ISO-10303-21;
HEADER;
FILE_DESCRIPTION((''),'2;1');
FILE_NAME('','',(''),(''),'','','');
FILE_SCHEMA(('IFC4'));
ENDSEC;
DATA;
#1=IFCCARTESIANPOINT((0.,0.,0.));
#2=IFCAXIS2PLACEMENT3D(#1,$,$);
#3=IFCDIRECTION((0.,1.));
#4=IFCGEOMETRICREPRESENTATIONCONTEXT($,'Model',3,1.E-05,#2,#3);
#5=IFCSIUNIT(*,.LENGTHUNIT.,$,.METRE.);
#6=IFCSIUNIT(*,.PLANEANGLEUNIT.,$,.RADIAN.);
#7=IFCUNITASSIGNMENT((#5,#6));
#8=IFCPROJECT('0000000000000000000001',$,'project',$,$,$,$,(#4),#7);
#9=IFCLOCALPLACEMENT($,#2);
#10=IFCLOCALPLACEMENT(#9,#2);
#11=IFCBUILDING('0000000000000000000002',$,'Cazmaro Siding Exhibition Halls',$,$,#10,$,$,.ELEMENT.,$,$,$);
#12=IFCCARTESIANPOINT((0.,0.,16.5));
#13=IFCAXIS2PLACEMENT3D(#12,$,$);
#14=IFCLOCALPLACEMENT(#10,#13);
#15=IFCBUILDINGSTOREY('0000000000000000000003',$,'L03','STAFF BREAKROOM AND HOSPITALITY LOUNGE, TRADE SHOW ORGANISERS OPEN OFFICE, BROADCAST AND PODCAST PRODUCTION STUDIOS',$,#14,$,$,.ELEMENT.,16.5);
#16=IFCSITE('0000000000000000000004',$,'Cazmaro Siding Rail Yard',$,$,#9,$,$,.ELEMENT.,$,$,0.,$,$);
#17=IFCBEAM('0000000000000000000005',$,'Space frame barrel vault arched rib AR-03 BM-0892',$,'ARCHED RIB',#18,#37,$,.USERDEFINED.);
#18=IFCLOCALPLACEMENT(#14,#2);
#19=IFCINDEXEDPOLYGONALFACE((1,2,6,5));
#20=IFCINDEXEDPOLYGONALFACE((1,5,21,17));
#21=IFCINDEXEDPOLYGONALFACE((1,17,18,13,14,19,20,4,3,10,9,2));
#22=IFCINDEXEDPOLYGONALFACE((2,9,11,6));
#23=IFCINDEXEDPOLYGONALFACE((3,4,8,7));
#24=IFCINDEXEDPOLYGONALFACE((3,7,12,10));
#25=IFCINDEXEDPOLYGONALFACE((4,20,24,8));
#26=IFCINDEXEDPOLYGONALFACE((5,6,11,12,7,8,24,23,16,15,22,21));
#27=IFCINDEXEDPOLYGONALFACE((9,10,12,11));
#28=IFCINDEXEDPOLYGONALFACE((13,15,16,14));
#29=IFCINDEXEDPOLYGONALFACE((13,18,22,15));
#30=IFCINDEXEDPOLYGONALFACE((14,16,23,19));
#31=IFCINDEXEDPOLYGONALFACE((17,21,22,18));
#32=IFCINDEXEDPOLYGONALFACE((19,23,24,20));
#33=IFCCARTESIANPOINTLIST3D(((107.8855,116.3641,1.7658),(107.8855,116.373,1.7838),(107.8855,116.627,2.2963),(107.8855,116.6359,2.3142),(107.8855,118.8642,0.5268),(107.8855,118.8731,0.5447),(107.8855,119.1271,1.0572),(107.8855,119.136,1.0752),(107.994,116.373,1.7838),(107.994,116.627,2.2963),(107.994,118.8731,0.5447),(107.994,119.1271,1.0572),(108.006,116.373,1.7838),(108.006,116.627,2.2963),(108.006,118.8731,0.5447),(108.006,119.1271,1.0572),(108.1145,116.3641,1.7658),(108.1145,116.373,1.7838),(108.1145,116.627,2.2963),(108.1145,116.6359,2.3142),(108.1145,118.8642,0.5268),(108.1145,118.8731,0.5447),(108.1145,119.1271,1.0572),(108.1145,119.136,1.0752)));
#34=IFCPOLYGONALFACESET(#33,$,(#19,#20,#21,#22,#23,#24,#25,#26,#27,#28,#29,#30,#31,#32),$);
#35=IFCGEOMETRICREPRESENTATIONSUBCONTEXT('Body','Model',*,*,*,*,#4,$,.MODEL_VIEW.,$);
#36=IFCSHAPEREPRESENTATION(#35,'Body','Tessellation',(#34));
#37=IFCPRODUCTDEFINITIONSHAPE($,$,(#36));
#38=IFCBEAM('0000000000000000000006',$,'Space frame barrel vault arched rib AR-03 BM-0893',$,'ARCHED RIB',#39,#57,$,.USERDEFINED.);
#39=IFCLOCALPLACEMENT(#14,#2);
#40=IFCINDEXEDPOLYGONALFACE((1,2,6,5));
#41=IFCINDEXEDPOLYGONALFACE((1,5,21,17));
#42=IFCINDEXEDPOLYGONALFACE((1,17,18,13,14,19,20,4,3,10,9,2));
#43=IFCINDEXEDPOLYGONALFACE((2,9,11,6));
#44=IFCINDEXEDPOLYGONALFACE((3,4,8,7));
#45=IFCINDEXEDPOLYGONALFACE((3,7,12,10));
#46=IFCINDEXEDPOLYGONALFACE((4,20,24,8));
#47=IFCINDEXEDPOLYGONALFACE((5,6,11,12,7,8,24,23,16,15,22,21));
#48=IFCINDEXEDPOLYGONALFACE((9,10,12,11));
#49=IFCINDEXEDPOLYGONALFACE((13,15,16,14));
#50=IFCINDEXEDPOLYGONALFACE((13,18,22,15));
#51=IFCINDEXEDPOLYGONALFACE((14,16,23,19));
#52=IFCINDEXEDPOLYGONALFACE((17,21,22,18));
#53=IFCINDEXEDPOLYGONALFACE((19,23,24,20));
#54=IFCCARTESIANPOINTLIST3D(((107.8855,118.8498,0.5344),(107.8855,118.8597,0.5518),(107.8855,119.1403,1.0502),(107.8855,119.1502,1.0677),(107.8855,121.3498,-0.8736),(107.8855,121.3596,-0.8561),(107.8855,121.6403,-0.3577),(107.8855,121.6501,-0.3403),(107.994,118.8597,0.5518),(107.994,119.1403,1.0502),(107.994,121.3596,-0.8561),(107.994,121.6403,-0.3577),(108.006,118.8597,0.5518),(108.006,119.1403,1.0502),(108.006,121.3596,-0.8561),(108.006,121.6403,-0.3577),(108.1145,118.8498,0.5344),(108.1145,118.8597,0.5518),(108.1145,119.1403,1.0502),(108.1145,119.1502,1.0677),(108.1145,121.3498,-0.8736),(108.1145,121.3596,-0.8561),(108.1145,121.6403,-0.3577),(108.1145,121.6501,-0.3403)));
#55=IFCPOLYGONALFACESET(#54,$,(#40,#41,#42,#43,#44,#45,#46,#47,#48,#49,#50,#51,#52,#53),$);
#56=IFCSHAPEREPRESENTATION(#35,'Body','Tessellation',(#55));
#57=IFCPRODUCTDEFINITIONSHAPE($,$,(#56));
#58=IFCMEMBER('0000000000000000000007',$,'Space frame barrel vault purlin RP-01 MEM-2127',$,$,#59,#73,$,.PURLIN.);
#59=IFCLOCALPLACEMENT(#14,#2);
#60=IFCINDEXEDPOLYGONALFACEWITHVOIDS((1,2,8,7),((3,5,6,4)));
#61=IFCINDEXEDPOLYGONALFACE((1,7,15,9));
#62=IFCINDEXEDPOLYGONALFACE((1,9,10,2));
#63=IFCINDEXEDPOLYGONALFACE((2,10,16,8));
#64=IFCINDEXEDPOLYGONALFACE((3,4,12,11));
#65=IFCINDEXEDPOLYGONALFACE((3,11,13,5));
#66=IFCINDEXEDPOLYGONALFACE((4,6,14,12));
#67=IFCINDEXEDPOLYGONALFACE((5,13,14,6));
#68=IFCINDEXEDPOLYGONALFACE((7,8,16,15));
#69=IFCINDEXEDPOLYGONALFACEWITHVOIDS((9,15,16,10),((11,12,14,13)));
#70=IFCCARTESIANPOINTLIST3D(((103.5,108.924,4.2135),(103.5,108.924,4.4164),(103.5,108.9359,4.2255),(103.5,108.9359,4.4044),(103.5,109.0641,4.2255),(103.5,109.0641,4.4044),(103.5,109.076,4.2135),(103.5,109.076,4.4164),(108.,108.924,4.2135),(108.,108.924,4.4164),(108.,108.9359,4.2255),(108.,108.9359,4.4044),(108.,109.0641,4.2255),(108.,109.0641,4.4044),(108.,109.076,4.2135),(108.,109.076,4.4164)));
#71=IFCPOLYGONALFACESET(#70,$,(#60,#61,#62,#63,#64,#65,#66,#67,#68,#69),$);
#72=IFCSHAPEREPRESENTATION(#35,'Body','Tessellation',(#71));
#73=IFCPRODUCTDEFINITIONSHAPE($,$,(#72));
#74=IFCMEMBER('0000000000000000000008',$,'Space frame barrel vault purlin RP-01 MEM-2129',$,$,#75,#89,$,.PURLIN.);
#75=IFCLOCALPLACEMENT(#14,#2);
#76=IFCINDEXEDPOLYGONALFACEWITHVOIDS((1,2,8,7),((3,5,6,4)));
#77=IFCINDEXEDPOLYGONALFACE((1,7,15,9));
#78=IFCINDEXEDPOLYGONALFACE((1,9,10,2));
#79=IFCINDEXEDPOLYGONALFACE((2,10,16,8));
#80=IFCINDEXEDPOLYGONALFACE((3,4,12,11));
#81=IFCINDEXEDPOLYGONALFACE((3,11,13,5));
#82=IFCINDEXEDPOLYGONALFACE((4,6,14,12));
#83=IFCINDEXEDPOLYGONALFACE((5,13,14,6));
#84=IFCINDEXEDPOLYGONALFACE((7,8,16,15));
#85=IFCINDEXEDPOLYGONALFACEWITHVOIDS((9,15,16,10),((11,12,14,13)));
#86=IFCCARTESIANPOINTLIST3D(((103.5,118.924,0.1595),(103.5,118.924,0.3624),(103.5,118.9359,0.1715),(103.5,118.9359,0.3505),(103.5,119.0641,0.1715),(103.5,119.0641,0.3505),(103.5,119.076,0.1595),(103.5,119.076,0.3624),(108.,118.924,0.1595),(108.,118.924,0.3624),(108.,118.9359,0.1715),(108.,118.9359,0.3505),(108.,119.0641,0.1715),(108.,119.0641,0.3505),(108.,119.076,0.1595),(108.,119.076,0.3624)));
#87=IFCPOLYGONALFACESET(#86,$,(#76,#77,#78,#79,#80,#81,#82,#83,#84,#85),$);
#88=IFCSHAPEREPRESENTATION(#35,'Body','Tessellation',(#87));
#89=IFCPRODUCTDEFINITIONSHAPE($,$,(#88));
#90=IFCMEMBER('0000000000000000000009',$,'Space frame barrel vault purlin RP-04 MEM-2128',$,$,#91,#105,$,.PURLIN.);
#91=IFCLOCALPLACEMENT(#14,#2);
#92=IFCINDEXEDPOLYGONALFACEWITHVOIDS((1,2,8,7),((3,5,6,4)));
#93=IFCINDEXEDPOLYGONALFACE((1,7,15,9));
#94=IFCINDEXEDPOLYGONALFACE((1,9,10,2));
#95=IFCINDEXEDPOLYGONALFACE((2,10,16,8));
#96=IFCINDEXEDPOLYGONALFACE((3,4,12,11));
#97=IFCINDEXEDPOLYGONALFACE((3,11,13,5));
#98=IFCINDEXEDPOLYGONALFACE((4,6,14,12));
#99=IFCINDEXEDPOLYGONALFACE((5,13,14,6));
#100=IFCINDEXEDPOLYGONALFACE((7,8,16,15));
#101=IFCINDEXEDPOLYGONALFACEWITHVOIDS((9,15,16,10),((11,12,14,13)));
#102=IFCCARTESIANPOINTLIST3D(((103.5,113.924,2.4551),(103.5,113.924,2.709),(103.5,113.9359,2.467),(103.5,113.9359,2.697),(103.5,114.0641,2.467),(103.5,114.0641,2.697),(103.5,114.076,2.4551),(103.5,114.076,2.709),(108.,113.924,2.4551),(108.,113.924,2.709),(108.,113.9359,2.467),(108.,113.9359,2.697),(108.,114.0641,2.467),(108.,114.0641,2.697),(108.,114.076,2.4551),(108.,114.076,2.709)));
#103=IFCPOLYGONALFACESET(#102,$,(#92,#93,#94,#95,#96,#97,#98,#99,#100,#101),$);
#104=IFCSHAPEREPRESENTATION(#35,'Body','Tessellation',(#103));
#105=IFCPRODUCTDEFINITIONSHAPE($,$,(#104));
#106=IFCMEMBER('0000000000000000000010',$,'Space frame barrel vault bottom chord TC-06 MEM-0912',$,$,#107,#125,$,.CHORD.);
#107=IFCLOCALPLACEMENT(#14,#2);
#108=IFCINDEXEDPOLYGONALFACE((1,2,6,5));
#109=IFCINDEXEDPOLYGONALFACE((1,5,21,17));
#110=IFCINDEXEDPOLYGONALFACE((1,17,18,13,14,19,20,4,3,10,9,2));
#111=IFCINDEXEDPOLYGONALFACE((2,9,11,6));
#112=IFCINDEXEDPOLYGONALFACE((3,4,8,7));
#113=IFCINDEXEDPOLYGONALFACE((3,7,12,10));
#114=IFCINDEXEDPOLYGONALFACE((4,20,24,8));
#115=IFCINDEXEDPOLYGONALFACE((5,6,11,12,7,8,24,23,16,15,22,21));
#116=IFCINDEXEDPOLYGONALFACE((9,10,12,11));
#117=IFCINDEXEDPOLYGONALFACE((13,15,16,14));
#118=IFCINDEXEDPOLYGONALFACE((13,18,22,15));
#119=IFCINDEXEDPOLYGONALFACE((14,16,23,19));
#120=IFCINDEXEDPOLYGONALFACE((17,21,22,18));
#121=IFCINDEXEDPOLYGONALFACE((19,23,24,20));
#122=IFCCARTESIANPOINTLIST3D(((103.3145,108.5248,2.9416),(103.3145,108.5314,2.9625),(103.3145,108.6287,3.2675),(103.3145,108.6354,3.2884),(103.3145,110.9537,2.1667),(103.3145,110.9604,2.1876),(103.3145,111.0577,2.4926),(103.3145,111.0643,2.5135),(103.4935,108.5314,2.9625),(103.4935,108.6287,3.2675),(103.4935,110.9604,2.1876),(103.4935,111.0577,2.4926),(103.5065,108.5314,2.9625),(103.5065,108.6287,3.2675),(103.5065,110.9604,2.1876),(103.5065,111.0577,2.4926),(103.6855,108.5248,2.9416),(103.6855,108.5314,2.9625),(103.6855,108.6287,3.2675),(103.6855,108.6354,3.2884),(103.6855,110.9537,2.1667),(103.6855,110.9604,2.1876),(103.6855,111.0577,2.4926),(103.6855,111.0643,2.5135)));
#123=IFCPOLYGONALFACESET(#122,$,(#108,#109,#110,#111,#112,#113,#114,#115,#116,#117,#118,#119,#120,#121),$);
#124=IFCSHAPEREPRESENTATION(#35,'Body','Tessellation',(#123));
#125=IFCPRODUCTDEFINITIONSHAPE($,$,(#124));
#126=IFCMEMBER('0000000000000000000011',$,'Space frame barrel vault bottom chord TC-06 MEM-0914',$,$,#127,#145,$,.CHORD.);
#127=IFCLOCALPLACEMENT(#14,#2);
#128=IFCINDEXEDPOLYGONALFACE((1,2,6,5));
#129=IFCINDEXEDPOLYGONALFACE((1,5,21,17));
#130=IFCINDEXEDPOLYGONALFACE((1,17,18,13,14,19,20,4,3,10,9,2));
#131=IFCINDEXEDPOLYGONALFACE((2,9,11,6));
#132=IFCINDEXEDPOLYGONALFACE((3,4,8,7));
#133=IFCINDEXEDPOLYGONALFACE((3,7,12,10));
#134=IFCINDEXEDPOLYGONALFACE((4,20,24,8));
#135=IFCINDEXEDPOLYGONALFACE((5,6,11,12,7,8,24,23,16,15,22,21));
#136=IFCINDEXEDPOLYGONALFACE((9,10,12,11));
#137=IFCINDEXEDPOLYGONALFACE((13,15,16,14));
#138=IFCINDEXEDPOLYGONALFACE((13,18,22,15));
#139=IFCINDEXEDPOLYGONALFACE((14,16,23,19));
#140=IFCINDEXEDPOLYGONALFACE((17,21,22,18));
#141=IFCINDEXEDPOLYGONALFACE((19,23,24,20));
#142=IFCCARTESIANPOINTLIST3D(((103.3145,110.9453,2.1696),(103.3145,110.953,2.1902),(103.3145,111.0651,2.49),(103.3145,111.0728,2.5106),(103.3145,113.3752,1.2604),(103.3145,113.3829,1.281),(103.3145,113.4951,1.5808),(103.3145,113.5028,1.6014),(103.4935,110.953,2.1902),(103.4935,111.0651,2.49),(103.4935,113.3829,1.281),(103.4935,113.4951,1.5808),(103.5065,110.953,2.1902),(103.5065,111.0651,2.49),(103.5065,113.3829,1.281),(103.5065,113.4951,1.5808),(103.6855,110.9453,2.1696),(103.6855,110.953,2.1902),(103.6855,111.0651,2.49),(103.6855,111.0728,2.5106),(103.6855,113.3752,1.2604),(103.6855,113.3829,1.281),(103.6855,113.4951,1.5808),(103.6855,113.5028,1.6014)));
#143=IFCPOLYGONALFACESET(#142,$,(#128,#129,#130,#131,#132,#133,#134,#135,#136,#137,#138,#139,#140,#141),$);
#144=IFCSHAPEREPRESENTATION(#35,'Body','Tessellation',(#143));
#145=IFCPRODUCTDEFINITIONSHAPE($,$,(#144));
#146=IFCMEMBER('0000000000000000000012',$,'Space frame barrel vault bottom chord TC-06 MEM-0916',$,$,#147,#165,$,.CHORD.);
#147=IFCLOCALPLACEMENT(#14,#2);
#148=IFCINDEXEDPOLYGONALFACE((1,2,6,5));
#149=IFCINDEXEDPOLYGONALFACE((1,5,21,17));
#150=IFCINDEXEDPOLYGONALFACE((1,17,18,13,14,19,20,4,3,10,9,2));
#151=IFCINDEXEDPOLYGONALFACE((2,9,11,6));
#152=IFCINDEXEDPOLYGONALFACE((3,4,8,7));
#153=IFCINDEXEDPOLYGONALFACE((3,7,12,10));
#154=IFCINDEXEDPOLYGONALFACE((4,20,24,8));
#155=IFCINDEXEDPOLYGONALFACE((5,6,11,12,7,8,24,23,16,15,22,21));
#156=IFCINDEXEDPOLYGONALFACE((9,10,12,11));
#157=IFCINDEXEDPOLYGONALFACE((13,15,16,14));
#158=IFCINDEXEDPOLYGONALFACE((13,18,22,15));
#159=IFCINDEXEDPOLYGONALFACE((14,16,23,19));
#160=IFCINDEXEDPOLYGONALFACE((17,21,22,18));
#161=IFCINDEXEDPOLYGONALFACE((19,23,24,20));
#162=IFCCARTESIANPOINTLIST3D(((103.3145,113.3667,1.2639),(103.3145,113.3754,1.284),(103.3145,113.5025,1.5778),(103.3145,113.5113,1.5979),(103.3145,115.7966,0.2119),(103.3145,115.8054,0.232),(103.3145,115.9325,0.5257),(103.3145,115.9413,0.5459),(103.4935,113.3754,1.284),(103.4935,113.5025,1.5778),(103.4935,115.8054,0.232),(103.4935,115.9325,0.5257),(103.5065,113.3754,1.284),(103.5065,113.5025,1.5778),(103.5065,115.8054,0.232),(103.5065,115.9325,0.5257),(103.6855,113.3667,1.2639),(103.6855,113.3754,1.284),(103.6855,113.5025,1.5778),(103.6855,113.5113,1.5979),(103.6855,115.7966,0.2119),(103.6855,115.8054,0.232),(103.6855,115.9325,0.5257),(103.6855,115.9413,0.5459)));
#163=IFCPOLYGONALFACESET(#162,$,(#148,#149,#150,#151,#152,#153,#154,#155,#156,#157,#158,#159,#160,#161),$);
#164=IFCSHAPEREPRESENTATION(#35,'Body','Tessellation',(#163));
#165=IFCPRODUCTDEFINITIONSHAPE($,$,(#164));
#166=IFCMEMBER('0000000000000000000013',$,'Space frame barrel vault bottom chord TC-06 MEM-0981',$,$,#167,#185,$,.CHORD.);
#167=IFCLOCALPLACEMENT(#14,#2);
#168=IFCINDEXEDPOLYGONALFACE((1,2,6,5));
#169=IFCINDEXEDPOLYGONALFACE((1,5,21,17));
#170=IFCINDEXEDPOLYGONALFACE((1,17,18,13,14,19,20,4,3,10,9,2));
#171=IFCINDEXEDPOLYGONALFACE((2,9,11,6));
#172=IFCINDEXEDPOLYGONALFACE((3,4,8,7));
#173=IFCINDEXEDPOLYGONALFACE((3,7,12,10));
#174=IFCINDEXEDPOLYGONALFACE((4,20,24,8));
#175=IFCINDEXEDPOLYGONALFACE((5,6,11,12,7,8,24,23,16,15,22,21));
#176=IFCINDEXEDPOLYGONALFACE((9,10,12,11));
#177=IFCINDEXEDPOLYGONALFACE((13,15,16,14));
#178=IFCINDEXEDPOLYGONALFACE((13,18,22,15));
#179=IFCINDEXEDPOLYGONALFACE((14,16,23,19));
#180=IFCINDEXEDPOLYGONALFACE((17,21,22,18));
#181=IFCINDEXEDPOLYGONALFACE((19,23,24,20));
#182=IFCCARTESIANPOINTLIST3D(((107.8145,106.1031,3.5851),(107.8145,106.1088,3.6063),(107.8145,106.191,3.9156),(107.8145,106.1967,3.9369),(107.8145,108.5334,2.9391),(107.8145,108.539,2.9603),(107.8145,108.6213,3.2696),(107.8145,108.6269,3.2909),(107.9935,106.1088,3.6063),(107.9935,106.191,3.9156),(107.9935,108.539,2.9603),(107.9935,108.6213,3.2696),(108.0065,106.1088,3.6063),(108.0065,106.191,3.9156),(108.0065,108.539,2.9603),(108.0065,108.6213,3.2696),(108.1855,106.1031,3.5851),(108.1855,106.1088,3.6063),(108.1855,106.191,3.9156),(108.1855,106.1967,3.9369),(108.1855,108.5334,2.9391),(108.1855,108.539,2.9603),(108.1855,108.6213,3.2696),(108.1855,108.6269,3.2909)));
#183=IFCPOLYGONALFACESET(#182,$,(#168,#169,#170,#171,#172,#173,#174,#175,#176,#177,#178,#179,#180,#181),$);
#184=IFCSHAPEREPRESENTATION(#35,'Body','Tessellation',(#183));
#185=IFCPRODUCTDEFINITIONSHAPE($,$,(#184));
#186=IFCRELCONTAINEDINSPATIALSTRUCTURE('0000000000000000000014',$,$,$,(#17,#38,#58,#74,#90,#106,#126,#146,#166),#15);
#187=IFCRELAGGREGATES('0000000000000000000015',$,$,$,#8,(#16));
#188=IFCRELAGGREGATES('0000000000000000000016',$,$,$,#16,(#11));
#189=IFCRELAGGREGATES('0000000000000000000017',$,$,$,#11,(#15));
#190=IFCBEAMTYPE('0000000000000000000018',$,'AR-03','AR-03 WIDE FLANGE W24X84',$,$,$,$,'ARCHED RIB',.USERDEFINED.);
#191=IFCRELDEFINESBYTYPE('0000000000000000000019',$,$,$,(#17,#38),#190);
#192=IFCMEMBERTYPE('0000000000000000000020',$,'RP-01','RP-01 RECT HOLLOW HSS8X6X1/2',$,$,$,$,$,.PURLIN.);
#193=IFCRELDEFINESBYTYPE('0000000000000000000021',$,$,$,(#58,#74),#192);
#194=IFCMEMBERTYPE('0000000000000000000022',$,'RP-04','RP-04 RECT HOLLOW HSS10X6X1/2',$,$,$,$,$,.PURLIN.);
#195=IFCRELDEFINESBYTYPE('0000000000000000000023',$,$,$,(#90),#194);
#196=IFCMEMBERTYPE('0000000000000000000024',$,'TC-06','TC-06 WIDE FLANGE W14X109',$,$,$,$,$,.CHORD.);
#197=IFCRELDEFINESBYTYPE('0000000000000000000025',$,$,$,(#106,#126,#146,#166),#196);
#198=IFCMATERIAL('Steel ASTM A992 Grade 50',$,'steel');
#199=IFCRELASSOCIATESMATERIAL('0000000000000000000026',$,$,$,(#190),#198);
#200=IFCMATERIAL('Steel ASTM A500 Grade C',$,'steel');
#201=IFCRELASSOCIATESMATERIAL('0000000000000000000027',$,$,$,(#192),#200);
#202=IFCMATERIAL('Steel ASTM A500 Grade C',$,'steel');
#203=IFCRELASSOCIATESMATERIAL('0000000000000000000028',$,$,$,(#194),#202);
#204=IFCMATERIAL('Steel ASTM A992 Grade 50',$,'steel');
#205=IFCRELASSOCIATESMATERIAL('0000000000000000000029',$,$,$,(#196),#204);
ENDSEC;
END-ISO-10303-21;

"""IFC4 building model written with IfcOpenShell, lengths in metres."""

from ifc_helpers import new_model, si_unit, direction, frame, origin, origin_2d, place, context, subcontext, project, spatial, hollow_rectangle, i_section, extrude, material, material_profile, profile_set, type_object, element, save


model = new_model("IFC4")

# Units and contexts
model_context = context("Model", 3, precision=1e-05, world=origin(), true_north=direction((0.0, 1.0)))
body_context = subcontext(model_context, "Body", "Model", "MODEL_VIEW")
ifc_project = project(units=[si_unit("LENGTHUNIT", "METRE"), si_unit("PLANEANGLEUNIT", "RADIAN")], contexts=[model_context])

# Site, building, storey
site_placement = place(None, origin())
site = spatial("IfcSite", under=ifc_project, at=site_placement, Name="Cazmaro Siding Rail Yard", CompositionType="ELEMENT", RefElevation=0.0)
building_placement = place(site_placement, origin())
building = spatial("IfcBuilding", under=site, at=building_placement, Name="Cazmaro Siding Exhibition Halls", CompositionType="ELEMENT")
storey_placement = place(building_placement, frame((0.0, 0.0, 16.5)))
storey = spatial("IfcBuildingStorey", under=building, at=storey_placement, Name="L03", Description="STAFF BREAKROOM AND HOSPITALITY LOUNGE, TRADE SHOW ORGANISERS OPEN OFFICE, BROADCAST AND PODCAST PRODUCTION STUDIOS", CompositionType="ELEMENT", Elevation=16.5)

# Beams
ifc_material_1 = material(Name="Steel ASTM A992 Grade 50", Category="steel")
ifc_material_profile_1 = material_profile(ifc_material_1, i_section(OverallWidth=0.229, OverallDepth=0.6121, WebThickness=0.012, FlangeThickness=0.02, at=origin_2d()), Name="W24X84")
ifc_profile_set_1 = profile_set([ifc_material_profile_1], Name="Steel ASTM A992 Grade 50")
beam_type_1 = type_object("IfcBeamType", Name="AR-03", Description="AR-03 WIDE FLANGE W24X84", ElementType="ARCHED RIB", PredefinedType="USERDEFINED", material=ifc_profile_set_1)
beam_1_placement = place(storey_placement, frame((108.0, 116.5, 2.04), z_axis=(0.0, 0.895997, -0.444061), x_axis=(-1.0, 0.0, 0.0)))
element("IfcBeam", 1, at=beam_1_placement, inside=storey, type_object=beam_type_1, Name="Space frame barrel vault arched rib AR-03 BM-0892", ObjectType="ARCHED RIB", PredefinedType="USERDEFINED", context=body_context, shape_type="SweptSolid", body=[
    extrude(i_section(OverallWidth=0.229, OverallDepth=0.6121, WebThickness=0.012, FlangeThickness=0.02, at=origin_2d()), origin(), (0.0, 0.0, 1.0), 2.7903),
])
beam_2_placement = place(storey_placement, frame((108.0, 119.0, 0.801), z_axis=(0.0, 0.871321, -0.490714), x_axis=(-1.0, 0.0, 0.0)))
element("IfcBeam", 2, at=beam_2_placement, inside=storey, type_object=beam_type_1, Name="Space frame barrel vault arched rib AR-03 BM-0893", ObjectType="ARCHED RIB", PredefinedType="USERDEFINED", context=body_context, shape_type="SweptSolid", body=[
    extrude(i_section(OverallWidth=0.229, OverallDepth=0.6121, WebThickness=0.012, FlangeThickness=0.02, at=origin_2d()), origin(), (0.0, 0.0, 1.0), 2.8691),
])

# Members
ifc_material_2 = material(Name="Steel ASTM A500 Grade C", Category="steel")
ifc_material_profile_2 = material_profile(ifc_material_2, hollow_rectangle(XDim=0.1521, YDim=0.2029, WallThickness=0.012, at=origin_2d()), Name="HSS8X6X1/2")
ifc_profile_set_2 = profile_set([ifc_material_profile_2], Name="Steel ASTM A500 Grade C")
member_type_1 = type_object("IfcMemberType", Name="RP-01", Description="RP-01 RECT HOLLOW HSS8X6X1/2", PredefinedType="PURLIN", material=ifc_profile_set_2)
for number, where, z_axis, x_axis, name in (
    (3, (103.5, 109.0, 4.3149), (1.0, 0.0, 0.0), (0.0, 1.0, 0.0), "Space frame barrel vault purlin RP-01 MEM-2127"),
    (4, (103.5, 119.0, 0.261), (1.0, 0.0, 0.0), (0.0, 1.0, 0.0), "Space frame barrel vault purlin RP-01 MEM-2129"),
):
    element("IfcMember", number, at=place(storey_placement, frame(where, z_axis=z_axis, x_axis=x_axis)), inside=storey, type_object=member_type_1, Name=name, PredefinedType="PURLIN", context=body_context, shape_type="SweptSolid", body=[
        extrude(hollow_rectangle(XDim=0.1521, YDim=0.2029, WallThickness=0.012, at=origin_2d()), origin(), (0.0, 0.0, 1.0), 4.5),
    ])
ifc_material_3 = material(Name="Steel ASTM A500 Grade C", Category="steel")
ifc_material_profile_3 = material_profile(ifc_material_3, hollow_rectangle(XDim=0.1521, YDim=0.2539, WallThickness=0.012, at=origin_2d()), Name="HSS10X6X1/2")
ifc_profile_set_3 = profile_set([ifc_material_profile_3], Name="Steel ASTM A500 Grade C")
member_type_2 = type_object("IfcMemberType", Name="RP-04", Description="RP-04 RECT HOLLOW HSS10X6X1/2", PredefinedType="PURLIN", material=ifc_profile_set_3)
member_1_placement = place(storey_placement, frame((103.5, 114.0, 2.582), z_axis=(1.0, 0.0, 0.0), x_axis=(0.0, 1.0, 0.0)))
element("IfcMember", 5, at=member_1_placement, inside=storey, type_object=member_type_2, Name="Space frame barrel vault purlin RP-04 MEM-2128", PredefinedType="PURLIN", context=body_context, shape_type="SweptSolid", body=[
    extrude(hollow_rectangle(XDim=0.1521, YDim=0.2539, WallThickness=0.012, at=origin_2d()), origin(), (0.0, 0.0, 1.0), 4.5),
])
ifc_material_4 = material(Name="Steel ASTM A992 Grade 50", Category="steel")
ifc_material_profile_4 = material_profile(ifc_material_4, i_section(OverallWidth=0.3711, OverallDepth=0.364, WebThickness=0.0129, FlangeThickness=0.022, at=origin_2d()), Name="W14X109")
ifc_profile_set_4 = profile_set([ifc_material_profile_4], Name="Steel ASTM A992 Grade 50")
member_type_3 = type_object("IfcMemberType", Name="TC-06", Description="TC-06 WIDE FLANGE W14X109", PredefinedType="CHORD", material=ifc_profile_set_4)
member_2_placement = place(storey_placement, frame((103.5, 108.5801, 3.115), z_axis=(0.0, 0.952693, -0.303935), x_axis=(-1.0, 0.0, 0.0)))
element("IfcMember", 6, at=member_2_placement, inside=storey, type_object=member_type_3, Name="Space frame barrel vault bottom chord TC-06 MEM-0912", PredefinedType="CHORD", context=body_context, shape_type="SweptSolid", body=[
    extrude(i_section(OverallWidth=0.3711, OverallDepth=0.364, WebThickness=0.0129, FlangeThickness=0.022, at=origin_2d()), origin(), (0.0, 0.0, 1.0), 2.5496),
])
member_3_placement = place(storey_placement, frame((103.5, 111.009, 2.3401), z_axis=(0.0, 0.936588, -0.350432), x_axis=(-1.0, 0.0, 0.0)))
element("IfcMember", 7, at=member_3_placement, inside=storey, type_object=member_type_3, Name="Space frame barrel vault bottom chord TC-06 MEM-0914", PredefinedType="CHORD", context=body_context, shape_type="SweptSolid", body=[
    extrude(i_section(OverallWidth=0.3711, OverallDepth=0.364, WebThickness=0.0129, FlangeThickness=0.022, at=origin_2d()), origin(), (0.0, 0.0, 1.0), 2.5945),
])
member_4_placement = place(storey_placement, frame((103.5, 113.439, 1.4309), z_axis=(0.0, 0.917689, -0.397299), x_axis=(-1.0, 0.0, 0.0)))
element("IfcMember", 8, at=member_4_placement, inside=storey, type_object=member_type_3, Name="Space frame barrel vault bottom chord TC-06 MEM-0916", PredefinedType="CHORD", context=body_context, shape_type="SweptSolid", body=[
    extrude(i_section(OverallWidth=0.3711, OverallDepth=0.364, WebThickness=0.0129, FlangeThickness=0.022, at=origin_2d()), origin(), (0.0, 0.0, 1.0), 2.6479),
])
member_5_placement = place(storey_placement, frame((108.0, 106.1499, 3.761), z_axis=(0.0, 0.966438, -0.256901), x_axis=(-1.0, 0.0, 0.0)))
element("IfcMember", 9, at=member_5_placement, inside=storey, type_object=member_type_3, Name="Space frame barrel vault bottom chord TC-06 MEM-0981", PredefinedType="CHORD", context=body_context, shape_type="SweptSolid", body=[
    extrude(i_section(OverallWidth=0.3711, OverallDepth=0.364, WebThickness=0.0129, FlangeThickness=0.022, at=origin_2d()), origin(), (0.0, 0.0, 1.0), 2.5146),
])

save(model, "model.ifc")
